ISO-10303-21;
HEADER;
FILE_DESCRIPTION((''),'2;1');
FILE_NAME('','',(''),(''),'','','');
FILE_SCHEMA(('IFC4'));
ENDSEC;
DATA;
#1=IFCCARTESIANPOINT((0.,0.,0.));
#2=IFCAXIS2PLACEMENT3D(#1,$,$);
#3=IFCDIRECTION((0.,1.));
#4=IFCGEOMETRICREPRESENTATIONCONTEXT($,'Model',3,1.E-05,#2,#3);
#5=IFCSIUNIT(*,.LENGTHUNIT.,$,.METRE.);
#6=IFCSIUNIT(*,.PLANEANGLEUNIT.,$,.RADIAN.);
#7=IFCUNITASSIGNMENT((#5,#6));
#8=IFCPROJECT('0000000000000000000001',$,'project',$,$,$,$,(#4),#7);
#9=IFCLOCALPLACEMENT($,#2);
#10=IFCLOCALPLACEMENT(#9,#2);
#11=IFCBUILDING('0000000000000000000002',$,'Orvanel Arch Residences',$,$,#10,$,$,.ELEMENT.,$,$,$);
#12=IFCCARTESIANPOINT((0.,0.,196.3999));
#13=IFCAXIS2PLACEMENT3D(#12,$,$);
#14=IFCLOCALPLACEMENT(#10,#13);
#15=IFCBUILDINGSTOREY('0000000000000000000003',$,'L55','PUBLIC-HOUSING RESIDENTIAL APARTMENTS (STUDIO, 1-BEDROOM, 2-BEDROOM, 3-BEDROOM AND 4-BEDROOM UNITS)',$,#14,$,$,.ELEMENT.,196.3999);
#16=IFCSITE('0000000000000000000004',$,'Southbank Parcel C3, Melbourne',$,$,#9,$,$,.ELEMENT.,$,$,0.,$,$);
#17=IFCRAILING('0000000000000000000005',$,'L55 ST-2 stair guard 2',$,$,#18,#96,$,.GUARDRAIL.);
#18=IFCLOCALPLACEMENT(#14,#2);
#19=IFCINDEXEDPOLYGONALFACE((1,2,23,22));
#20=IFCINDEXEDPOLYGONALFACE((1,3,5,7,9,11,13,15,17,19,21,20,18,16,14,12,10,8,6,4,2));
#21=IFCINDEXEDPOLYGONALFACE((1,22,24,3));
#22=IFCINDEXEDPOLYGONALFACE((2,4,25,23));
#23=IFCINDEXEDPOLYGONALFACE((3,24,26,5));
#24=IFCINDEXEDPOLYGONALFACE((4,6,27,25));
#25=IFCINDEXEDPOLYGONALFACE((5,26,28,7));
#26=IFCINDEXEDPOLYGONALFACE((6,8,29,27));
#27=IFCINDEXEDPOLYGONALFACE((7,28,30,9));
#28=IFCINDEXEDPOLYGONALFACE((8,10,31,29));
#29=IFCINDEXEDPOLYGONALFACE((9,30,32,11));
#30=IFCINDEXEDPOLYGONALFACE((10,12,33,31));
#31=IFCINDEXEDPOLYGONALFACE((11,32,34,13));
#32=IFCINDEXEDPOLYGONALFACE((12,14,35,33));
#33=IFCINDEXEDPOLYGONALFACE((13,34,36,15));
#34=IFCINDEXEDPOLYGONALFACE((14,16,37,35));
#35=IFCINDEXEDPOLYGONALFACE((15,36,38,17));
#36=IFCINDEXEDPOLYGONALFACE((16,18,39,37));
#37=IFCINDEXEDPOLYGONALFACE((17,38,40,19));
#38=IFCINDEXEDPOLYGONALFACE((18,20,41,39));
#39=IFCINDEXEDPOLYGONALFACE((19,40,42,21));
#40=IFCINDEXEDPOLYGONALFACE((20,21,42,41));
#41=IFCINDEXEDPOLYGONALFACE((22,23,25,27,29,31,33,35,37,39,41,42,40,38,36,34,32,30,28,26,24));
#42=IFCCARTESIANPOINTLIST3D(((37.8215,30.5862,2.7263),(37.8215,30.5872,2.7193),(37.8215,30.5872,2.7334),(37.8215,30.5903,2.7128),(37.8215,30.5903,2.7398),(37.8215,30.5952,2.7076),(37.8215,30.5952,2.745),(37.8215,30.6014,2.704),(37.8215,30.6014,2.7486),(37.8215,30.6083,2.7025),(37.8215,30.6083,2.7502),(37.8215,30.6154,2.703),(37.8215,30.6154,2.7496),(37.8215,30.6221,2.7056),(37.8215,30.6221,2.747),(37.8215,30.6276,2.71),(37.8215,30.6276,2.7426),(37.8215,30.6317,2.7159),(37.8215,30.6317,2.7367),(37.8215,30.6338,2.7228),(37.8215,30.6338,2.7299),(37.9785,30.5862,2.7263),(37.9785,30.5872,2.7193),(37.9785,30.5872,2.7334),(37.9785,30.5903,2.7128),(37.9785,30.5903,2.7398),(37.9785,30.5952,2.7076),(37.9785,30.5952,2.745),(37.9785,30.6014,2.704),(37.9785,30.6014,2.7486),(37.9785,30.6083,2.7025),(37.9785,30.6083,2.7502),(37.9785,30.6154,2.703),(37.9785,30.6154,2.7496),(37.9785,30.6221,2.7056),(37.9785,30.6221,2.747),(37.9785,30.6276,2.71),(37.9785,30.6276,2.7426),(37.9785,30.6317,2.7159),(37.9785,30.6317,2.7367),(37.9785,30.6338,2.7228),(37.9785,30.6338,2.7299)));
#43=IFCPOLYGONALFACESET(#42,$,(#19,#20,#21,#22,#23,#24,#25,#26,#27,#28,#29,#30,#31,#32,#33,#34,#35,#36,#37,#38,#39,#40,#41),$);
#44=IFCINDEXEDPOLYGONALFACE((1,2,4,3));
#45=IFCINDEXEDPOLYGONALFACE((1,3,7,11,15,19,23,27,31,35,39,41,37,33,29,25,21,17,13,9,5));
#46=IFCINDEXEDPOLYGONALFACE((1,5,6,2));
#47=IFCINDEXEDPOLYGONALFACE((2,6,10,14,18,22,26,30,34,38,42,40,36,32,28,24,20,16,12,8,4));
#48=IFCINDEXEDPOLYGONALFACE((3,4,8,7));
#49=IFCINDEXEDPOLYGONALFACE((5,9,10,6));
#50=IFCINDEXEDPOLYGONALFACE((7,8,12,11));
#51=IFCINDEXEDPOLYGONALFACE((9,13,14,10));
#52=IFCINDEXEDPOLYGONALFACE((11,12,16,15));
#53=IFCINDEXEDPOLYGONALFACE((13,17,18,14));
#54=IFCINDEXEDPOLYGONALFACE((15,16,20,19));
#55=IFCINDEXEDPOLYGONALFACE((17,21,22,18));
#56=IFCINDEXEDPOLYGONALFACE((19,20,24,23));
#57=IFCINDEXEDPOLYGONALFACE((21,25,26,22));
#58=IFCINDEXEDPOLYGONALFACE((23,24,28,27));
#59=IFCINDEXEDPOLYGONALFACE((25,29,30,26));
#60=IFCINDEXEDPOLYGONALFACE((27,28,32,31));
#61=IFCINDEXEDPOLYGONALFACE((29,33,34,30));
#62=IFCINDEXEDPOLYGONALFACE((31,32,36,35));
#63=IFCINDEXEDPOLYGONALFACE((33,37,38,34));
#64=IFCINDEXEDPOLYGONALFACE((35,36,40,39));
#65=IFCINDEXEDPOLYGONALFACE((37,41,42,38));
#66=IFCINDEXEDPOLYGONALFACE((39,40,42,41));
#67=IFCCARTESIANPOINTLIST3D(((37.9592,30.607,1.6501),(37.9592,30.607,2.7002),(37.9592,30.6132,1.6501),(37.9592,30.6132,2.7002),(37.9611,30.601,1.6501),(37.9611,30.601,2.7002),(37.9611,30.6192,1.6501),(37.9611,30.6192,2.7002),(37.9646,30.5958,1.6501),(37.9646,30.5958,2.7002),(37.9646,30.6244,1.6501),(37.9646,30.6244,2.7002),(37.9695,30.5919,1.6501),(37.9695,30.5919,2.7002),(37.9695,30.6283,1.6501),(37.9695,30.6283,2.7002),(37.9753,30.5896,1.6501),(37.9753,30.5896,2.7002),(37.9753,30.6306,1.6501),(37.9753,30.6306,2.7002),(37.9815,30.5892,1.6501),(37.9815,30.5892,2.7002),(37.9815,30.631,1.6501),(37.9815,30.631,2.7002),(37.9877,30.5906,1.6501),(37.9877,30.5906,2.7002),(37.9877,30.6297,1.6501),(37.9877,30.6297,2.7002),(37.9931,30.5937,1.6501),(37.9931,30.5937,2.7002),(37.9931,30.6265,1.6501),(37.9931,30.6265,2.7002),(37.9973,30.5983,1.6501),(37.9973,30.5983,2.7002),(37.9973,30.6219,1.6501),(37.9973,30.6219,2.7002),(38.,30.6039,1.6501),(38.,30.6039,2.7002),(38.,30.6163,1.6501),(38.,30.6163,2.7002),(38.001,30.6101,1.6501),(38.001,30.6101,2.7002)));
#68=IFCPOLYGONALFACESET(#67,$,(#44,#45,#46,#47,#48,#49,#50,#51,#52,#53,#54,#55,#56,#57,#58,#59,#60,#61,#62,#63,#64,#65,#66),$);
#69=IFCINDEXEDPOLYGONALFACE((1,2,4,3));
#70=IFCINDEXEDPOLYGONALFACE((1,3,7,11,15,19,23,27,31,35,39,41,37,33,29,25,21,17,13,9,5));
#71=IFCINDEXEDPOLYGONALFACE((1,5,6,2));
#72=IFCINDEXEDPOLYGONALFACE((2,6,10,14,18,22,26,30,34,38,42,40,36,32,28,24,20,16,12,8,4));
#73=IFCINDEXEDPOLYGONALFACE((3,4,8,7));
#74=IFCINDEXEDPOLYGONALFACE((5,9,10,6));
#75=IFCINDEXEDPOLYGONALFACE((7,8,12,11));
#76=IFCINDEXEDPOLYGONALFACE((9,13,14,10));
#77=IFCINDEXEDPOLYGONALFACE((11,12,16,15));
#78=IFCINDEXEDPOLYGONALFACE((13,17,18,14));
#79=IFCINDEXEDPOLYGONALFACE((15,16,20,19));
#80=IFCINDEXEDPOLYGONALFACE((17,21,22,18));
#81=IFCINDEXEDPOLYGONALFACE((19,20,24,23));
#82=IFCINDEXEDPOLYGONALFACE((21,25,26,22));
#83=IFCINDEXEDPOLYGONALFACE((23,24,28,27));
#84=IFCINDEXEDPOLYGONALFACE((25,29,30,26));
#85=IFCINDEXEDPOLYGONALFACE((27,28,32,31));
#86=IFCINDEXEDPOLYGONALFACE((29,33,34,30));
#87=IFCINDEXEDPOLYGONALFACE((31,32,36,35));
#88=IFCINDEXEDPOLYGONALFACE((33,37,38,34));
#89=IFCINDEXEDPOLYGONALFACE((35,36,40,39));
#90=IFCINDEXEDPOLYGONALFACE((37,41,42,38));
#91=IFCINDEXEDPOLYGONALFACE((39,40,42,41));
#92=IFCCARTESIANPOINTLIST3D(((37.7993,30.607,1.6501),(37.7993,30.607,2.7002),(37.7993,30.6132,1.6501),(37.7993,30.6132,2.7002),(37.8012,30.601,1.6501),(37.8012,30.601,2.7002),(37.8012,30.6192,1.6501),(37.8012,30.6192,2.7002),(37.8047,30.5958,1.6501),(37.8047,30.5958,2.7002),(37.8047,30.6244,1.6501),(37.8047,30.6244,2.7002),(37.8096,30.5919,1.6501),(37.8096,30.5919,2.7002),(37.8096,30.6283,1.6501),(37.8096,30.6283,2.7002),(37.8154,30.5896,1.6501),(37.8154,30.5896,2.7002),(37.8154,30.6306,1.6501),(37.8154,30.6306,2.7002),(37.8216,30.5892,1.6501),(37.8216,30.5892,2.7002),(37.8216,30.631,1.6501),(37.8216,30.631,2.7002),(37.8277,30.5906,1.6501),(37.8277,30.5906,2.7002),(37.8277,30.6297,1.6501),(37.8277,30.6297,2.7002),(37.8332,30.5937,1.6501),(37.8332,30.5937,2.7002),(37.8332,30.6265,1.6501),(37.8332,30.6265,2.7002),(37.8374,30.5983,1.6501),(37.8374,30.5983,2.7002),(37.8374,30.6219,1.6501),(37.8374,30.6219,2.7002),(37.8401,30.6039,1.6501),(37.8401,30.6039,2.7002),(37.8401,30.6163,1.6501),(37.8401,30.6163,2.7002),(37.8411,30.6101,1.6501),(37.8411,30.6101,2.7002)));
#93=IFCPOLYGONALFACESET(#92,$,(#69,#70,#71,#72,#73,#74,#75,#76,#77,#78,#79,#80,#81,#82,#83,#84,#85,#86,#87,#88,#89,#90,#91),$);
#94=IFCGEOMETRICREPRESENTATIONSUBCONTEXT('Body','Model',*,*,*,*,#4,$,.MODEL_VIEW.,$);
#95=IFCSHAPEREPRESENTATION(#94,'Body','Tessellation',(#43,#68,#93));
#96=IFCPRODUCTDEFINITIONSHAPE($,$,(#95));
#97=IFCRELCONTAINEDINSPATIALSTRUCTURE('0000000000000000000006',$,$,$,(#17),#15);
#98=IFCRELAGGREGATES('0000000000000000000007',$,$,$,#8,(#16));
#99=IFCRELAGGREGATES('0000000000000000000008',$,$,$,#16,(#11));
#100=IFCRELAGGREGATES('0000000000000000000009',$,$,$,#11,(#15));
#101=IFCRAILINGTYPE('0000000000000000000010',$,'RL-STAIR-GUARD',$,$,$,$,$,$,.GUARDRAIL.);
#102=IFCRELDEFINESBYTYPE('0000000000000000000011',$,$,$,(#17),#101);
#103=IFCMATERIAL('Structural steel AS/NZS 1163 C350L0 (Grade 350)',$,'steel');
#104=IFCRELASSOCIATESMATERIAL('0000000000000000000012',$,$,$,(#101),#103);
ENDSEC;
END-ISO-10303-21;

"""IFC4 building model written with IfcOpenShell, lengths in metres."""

from ifc_helpers import new_model, si_unit, direction, frame, origin, origin_2d, place, context, subcontext, project, spatial, circle, extrude, material, type_object, element, save


model = new_model("IFC4")

# Units and contexts
model_context = context("Model", 3, precision=1e-05, world=origin(), true_north=direction((0.0, 1.0)))
body_context = subcontext(model_context, "Body", "Model", "MODEL_VIEW")
ifc_project = project(units=[si_unit("LENGTHUNIT", "METRE"), si_unit("PLANEANGLEUNIT", "RADIAN")], contexts=[model_context])

# Site, building, storey
site_placement = place(None, origin())
site = spatial("IfcSite", under=ifc_project, at=site_placement, Name="Southbank Parcel C3, Melbourne", CompositionType="ELEMENT", RefElevation=0.0)
building_placement = place(site_placement, origin())
building = spatial("IfcBuilding", under=site, at=building_placement, Name="Orvanel Arch Residences", CompositionType="ELEMENT")
storey_placement = place(building_placement, frame((0.0, 0.0, 196.3999)))
storey = spatial("IfcBuildingStorey", under=building, at=storey_placement, Name="L55", Description="PUBLIC-HOUSING RESIDENTIAL APARTMENTS (STUDIO, 1-BEDROOM, 2-BEDROOM, 3-BEDROOM AND 4-BEDROOM UNITS)", CompositionType="ELEMENT", Elevation=196.3999)

# Railing
ifc_material_1 = material(Name="Structural steel AS/NZS 1163 C350L0 (Grade 350)", Category="steel")
railing_type_1 = type_object("IfcRailingType", Name="RL-STAIR-GUARD", PredefinedType="GUARDRAIL", material=ifc_material_1)
railing_1_placement = place(storey_placement, frame((37.98, 30.6101, 1.6501)))
element("IfcRailing", 1, at=railing_1_placement, inside=storey, type_object=railing_type_1, Name="L55 ST-2 stair guard 2", PredefinedType="GUARDRAIL", context=body_context, shape_type="SweptSolid", body=[
    extrude(circle(Radius=0.0239, at=origin_2d()), frame((-0.0015, 0.0, 1.0762), z_axis=(-1.0, 0.0, 0.0), x_axis=(0.0, -1.0, 0.0)), (0.0, 0.0, 1.0), 0.157),
    extrude(circle(Radius=0.021, at=origin_2d()), origin(), (0.0, 0.0, 1.0), 1.05),
    extrude(circle(Radius=0.021, at=origin_2d()), frame((-0.1599, 0.0, 0.0)), (0.0, 0.0, 1.0), 1.05),
])

save(model, "model.ifc")
